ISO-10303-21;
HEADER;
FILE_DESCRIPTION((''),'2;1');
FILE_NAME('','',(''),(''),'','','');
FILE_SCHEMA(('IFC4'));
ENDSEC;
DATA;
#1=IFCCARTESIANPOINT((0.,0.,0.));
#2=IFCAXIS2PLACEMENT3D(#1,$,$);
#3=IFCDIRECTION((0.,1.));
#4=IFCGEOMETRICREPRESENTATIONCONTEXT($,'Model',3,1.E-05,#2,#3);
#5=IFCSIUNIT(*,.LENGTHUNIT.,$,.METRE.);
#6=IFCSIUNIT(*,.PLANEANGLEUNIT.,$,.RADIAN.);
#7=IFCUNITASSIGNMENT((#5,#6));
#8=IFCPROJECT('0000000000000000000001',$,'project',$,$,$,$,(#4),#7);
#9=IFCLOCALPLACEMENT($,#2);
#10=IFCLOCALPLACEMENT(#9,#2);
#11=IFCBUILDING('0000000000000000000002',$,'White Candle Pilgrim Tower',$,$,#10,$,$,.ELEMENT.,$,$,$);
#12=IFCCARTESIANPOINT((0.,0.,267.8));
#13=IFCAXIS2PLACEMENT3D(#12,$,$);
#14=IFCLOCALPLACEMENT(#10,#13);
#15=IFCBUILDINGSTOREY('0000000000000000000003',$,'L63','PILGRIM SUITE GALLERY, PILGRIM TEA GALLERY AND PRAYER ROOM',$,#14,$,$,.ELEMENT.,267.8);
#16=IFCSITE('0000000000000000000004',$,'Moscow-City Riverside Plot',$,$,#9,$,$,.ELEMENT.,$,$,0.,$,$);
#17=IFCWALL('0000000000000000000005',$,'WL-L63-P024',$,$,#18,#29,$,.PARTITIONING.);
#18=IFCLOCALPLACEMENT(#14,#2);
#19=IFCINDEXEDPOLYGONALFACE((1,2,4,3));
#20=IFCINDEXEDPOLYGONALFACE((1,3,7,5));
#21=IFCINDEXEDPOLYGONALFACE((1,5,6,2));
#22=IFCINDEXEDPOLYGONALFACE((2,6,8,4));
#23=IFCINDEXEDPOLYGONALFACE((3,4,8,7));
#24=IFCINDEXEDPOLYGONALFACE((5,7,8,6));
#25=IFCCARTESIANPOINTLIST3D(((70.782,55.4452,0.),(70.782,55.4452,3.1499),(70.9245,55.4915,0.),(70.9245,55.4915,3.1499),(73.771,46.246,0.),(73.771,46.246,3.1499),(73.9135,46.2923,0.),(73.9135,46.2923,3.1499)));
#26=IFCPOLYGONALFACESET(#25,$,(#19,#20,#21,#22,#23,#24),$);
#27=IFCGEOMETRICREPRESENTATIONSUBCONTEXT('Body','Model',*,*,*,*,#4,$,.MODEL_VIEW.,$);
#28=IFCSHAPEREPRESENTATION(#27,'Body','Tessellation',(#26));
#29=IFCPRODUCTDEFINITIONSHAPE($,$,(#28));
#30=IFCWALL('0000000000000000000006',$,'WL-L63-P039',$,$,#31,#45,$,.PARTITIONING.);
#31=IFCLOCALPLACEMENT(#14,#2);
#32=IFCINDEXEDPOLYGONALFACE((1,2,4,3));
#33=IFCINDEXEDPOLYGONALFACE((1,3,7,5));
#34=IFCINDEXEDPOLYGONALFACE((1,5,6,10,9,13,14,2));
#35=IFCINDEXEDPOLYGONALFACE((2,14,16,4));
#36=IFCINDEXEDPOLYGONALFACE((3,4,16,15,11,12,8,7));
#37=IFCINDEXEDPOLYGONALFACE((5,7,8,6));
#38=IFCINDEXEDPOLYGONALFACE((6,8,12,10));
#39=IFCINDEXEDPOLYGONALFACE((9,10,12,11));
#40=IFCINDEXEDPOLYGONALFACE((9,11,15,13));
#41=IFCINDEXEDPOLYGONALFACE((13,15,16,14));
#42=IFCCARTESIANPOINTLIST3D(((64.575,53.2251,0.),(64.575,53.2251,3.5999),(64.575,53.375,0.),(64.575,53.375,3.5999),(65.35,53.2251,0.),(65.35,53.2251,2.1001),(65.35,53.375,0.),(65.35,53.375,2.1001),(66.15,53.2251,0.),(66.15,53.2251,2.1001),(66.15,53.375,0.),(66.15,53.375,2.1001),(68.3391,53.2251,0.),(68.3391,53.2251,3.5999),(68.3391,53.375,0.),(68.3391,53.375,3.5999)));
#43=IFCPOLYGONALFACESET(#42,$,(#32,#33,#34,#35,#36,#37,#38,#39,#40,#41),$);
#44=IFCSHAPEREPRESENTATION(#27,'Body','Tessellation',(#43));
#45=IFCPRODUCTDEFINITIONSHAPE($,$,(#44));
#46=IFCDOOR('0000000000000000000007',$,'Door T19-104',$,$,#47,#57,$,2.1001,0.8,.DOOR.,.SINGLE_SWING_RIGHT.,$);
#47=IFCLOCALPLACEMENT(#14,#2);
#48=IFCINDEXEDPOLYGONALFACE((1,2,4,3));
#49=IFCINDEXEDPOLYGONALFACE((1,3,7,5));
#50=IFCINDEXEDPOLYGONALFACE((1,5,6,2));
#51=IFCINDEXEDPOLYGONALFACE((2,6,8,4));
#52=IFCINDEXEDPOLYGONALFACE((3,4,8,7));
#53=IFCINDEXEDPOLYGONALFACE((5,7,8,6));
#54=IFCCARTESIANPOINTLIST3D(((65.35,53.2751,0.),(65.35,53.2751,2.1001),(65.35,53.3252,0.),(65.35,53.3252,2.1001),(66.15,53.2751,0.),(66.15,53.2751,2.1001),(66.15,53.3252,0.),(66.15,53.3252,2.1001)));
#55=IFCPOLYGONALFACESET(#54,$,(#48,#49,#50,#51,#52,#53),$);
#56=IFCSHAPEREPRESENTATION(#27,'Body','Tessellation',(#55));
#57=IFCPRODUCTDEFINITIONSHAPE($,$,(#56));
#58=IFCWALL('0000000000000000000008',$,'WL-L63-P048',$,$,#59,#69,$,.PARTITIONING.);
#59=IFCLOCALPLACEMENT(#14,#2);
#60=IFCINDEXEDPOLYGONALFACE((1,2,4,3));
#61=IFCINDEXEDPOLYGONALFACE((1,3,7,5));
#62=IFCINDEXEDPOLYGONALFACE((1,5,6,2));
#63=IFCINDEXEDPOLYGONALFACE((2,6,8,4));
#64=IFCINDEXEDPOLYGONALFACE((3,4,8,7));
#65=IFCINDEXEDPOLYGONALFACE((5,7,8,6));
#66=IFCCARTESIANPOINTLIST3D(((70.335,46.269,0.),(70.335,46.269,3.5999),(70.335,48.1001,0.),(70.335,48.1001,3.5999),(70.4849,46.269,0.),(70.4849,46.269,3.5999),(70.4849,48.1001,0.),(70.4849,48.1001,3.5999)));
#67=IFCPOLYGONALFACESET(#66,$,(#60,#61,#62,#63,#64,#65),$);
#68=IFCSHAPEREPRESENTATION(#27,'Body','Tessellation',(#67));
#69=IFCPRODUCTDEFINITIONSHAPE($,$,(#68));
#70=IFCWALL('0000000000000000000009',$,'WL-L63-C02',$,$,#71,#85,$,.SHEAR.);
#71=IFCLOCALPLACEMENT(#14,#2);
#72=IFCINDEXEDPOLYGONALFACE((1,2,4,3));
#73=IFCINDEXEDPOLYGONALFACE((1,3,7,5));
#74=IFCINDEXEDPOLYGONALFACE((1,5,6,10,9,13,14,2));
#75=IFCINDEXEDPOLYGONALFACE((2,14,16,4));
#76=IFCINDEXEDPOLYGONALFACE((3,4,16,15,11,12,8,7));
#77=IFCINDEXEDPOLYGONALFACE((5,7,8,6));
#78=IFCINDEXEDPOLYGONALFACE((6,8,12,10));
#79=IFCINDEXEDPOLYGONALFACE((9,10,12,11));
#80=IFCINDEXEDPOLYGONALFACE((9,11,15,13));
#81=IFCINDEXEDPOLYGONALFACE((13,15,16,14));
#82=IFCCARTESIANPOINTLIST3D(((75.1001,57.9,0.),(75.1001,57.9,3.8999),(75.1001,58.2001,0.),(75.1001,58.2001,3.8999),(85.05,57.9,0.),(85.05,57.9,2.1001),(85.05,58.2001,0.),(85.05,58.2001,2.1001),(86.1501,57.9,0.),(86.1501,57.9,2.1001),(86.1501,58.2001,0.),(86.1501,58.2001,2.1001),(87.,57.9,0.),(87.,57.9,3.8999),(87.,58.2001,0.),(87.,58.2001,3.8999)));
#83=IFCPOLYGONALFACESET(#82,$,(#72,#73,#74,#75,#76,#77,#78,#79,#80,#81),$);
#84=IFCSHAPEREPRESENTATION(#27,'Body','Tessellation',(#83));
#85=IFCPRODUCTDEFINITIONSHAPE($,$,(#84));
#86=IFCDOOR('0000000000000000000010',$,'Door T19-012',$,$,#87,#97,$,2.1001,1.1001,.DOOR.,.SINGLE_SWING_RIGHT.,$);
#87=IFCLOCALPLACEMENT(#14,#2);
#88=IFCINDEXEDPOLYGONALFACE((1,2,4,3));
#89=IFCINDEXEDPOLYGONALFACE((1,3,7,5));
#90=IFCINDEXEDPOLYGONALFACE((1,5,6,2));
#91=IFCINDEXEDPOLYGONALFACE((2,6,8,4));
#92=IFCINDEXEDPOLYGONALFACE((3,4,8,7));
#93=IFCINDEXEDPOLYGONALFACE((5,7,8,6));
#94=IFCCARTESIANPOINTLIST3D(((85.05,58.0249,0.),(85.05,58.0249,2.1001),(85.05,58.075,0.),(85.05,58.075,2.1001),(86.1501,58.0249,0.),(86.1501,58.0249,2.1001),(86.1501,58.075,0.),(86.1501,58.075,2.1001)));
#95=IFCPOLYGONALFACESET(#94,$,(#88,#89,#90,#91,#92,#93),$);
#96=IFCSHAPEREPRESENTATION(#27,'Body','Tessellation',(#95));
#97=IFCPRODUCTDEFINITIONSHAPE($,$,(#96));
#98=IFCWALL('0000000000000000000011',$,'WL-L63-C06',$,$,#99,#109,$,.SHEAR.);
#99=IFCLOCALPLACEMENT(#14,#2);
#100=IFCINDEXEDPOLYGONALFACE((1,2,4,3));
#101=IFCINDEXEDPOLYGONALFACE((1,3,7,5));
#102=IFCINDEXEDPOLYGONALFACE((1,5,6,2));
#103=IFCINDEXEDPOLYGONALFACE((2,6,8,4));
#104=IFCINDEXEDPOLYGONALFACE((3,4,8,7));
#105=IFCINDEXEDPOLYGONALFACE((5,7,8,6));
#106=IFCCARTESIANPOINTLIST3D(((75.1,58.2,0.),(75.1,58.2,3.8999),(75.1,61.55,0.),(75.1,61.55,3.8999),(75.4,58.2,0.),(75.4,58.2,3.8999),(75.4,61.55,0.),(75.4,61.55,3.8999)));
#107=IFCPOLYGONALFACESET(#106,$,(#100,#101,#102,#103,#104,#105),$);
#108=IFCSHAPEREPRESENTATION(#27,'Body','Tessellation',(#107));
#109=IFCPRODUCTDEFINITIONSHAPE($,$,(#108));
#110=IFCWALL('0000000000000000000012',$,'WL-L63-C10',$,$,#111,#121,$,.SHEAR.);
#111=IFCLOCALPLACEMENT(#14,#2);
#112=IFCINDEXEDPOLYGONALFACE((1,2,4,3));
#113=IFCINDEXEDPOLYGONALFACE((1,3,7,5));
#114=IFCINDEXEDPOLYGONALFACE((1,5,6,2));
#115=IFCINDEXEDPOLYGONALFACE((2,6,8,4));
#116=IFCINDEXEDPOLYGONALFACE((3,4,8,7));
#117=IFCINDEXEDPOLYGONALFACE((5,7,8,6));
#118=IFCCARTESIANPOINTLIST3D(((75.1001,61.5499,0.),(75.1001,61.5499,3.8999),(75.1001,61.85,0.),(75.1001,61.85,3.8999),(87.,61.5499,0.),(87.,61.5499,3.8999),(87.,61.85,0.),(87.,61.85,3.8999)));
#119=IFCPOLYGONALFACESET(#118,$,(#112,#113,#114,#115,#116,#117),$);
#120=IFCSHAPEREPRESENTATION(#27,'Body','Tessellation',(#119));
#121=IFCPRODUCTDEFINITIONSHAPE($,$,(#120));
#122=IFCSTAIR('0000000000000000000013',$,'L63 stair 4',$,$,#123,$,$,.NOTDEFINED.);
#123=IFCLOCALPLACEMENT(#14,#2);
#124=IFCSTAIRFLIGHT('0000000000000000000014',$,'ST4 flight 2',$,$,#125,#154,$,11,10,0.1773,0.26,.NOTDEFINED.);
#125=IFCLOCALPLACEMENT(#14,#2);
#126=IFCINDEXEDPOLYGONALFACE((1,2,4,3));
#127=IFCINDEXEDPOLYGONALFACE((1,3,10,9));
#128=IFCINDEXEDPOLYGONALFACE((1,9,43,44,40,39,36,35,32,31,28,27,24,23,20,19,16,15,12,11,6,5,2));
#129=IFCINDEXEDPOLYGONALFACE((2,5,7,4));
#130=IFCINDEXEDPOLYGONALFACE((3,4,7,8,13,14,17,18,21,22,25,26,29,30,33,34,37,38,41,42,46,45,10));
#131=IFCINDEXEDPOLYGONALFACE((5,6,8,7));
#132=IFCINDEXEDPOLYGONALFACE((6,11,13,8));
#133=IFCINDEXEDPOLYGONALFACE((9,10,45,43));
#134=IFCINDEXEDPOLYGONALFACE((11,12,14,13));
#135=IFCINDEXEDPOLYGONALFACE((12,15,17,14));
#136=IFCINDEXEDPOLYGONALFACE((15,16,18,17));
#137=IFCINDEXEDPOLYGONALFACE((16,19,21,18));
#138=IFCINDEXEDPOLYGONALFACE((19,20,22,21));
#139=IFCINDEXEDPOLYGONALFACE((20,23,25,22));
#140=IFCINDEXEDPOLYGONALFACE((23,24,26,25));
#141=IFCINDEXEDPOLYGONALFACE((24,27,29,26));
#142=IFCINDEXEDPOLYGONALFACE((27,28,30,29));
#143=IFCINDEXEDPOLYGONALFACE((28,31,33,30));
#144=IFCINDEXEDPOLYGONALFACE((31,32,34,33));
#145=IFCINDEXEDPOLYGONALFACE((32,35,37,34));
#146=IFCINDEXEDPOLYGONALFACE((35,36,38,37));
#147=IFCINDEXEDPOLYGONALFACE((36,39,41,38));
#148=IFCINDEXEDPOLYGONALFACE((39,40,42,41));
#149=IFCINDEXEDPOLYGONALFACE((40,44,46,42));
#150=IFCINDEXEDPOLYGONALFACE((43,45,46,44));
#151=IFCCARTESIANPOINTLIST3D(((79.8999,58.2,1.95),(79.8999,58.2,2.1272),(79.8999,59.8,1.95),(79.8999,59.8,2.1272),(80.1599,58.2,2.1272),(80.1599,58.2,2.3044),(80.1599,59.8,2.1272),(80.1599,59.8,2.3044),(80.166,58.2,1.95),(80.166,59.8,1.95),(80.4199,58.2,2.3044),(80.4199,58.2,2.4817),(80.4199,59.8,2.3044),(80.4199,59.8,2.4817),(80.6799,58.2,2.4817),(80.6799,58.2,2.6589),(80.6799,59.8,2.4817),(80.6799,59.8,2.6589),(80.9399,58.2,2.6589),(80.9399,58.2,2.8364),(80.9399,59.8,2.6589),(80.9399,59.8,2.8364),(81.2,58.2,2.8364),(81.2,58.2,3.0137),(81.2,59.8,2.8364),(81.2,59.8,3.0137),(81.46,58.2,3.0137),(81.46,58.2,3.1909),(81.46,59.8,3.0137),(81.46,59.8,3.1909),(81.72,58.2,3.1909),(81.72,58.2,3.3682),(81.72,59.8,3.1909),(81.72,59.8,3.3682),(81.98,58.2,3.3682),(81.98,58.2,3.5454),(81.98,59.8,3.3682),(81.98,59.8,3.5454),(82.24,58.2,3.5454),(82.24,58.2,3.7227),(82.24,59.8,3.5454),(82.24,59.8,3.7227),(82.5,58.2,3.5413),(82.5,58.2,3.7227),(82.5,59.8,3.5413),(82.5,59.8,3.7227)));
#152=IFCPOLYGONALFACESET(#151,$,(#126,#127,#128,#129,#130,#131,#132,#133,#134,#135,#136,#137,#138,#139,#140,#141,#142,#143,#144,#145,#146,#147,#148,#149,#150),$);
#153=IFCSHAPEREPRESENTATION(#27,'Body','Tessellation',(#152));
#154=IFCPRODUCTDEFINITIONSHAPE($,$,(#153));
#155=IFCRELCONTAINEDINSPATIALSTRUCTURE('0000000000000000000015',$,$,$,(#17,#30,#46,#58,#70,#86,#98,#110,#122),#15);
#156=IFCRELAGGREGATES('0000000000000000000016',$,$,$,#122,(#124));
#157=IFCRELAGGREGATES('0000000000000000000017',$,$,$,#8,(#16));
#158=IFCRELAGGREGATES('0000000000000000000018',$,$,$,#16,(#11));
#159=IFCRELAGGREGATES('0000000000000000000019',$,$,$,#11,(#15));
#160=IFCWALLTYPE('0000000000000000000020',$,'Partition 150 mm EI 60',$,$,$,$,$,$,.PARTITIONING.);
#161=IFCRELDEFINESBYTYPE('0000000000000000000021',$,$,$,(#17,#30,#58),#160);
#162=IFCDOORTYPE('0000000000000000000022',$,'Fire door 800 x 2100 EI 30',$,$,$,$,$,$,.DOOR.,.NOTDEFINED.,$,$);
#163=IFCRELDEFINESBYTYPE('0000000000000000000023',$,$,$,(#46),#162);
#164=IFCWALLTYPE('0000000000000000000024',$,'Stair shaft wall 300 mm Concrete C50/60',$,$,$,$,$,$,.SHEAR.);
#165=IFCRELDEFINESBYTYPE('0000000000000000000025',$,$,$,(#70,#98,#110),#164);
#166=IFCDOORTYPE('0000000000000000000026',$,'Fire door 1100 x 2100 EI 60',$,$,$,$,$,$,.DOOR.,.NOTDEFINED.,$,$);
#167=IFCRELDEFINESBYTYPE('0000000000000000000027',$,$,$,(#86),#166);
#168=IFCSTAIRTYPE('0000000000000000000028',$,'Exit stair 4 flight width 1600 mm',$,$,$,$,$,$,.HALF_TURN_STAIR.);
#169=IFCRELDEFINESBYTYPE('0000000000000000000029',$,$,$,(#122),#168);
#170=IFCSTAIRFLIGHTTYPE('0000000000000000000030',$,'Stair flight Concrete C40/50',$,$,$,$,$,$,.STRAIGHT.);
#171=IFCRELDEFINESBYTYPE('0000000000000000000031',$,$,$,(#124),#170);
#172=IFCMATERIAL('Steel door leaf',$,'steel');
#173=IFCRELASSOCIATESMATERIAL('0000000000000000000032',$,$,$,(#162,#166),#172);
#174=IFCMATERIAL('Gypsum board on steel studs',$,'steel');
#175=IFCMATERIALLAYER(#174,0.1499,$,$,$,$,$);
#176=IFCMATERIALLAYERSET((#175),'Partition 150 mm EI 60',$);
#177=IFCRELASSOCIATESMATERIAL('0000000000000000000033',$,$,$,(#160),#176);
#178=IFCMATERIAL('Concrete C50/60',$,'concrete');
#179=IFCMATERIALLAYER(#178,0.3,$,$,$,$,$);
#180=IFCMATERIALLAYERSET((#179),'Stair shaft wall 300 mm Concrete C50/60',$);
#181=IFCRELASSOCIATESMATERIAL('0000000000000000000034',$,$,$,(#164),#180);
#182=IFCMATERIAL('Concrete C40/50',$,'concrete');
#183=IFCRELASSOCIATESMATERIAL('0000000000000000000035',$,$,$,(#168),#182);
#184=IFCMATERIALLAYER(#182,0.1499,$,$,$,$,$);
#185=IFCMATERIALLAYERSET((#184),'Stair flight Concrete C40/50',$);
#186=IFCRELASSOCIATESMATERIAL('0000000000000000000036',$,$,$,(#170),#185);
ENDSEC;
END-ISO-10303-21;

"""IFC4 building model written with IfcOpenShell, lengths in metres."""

from ifc_helpers import new_model, si_unit, direction, frame, frame_2d, origin, place, context, subcontext, project, spatial, polyline, rectangle, outline, extrude, material, layer, layer_set, type_object, element, fill, aggregate, save


model = new_model("IFC4")

# Units and contexts
model_context = context("Model", 3, precision=1e-05, world=origin(), true_north=direction((0.0, 1.0)))
body_context = subcontext(model_context, "Body", "Model", "MODEL_VIEW")
ifc_project = project(units=[si_unit("LENGTHUNIT", "METRE"), si_unit("PLANEANGLEUNIT", "RADIAN")], contexts=[model_context])

# Site, building, storey
site_placement = place(None, origin())
site = spatial("IfcSite", under=ifc_project, at=site_placement, Name="Moscow-City Riverside Plot", CompositionType="ELEMENT", RefElevation=0.0)
building_placement = place(site_placement, origin())
building = spatial("IfcBuilding", under=site, at=building_placement, Name="White Candle Pilgrim Tower", CompositionType="ELEMENT")
storey_placement = place(building_placement, frame((0.0, 0.0, 267.8)))
storey = spatial("IfcBuildingStorey", under=building, at=storey_placement, Name="L63", Description="PILGRIM SUITE GALLERY, PILGRIM TEA GALLERY AND PRAYER ROOM", CompositionType="ELEMENT", Elevation=267.8)

# Shared definitions
ifc_material_1 = material(Name="Concrete C50/60", Category="concrete")

# Shared definitions
ifc_material_2 = material(Name="Gypsum board on steel studs", Category="steel")

# Shared definitions
ifc_material_3 = material(Name="Steel door leaf", Category="steel")
door_type_1 = type_object("IfcDoorType", Name="Fire door 800 x 2100 EI 30", OperationType="NOTDEFINED", PredefinedType="DOOR", material=ifc_material_3)

# Wall
ifc_layer_1 = layer(ifc_material_2, 0.1499)
ifc_layer_set_1 = layer_set([ifc_layer_1], Name="Partition 150 mm EI 60")
wall_type_1 = type_object("IfcWallType", Name="Partition 150 mm EI 60", PredefinedType="PARTITIONING", material=ifc_layer_set_1)
wall_1_placement = place(storey_placement, frame((73.8423, 46.269, 0.0), z_axis=(0.0, 0.0, 1.0), x_axis=(-0.309018, 0.951056, 0.0)))
element("IfcWall", 1, at=wall_1_placement, inside=storey, type_object=wall_type_1, Name="WL-L63-P024", PredefinedType="PARTITIONING", context=body_context, shape_type="SweptSolid", body=[
    extrude(rectangle(XDim=9.6726, YDim=0.1499, at=frame_2d((4.8364, 0.0))), origin(), (0.0, 0.0, 1.0), 3.1499),
])

# Wall, opening, door
wall_2_placement = place(storey_placement, frame((68.3391, 53.3, 0.0), z_axis=(0.0, 0.0, 1.0), x_axis=(-1.0, 0.0, 0.0)))
wall_2 = element("IfcWall", 2, at=wall_2_placement, inside=storey, type_object=wall_type_1, Name="WL-L63-P039", PredefinedType="PARTITIONING", context=body_context, shape_type="SweptSolid", body=[
    extrude(rectangle(XDim=3.7642, YDim=0.1499, at=frame_2d((1.8821, 0.0))), origin(), (0.0, 0.0, 1.0), 3.5999),
])
opening_1_placement = place(wall_2_placement, frame((2.1892, 0.0, 0.0)))
opening_1 = element("IfcOpeningElement", 3, at=opening_1_placement, cuts=wall_2, PredefinedType="OPENING", context=body_context, shape_type="SweptSolid", body=[
    extrude(rectangle(XDim=0.8, YDim=2.1001, at=frame_2d((0.3999, 1.05))), frame((0.0, 0.085, 0.0), z_axis=(0.0, -1.0, 0.0), x_axis=(1.0, 0.0, 0.0)), (0.0, 0.0, 1.0), 0.1699),
])
door_1_placement = place(opening_1_placement, origin())
door_1 = element("IfcDoor", 4, at=door_1_placement, inside=storey, type_object=door_type_1, Name="Door T19-104", OperationType="SINGLE_SWING_RIGHT", OverallHeight=2.1001, OverallWidth=0.8, PredefinedType="DOOR", context=body_context, shape_type="SweptSolid", body=[
    extrude(rectangle(XDim=0.8, YDim=2.1001, at=frame_2d((0.3999, 1.05))), frame((0.0, 0.0249, 0.0), z_axis=(0.0, -1.0, 0.0), x_axis=(1.0, 0.0, 0.0)), (0.0, 0.0, 1.0), 0.05),
])
fill(opening_1, door_1)

# Wall
wall_3_placement = place(storey_placement, frame((70.4099, 48.1001, 0.0), z_axis=(0.0, 0.0, 1.0), x_axis=(0.0, -1.0, 0.0)))
element("IfcWall", 5, at=wall_3_placement, inside=storey, type_object=wall_type_1, Name="WL-L63-P048", PredefinedType="PARTITIONING", context=body_context, shape_type="SweptSolid", body=[
    extrude(rectangle(XDim=1.8311, YDim=0.1499, at=frame_2d((0.9155, 0.0))), origin(), (0.0, 0.0, 1.0), 3.5999),
])

# Wall, opening, door
ifc_layer_2 = layer(ifc_material_1, 0.3)
ifc_layer_set_2 = layer_set([ifc_layer_2], Name="Stair shaft wall 300 mm Concrete C50/60")
wall_type_2 = type_object("IfcWallType", Name="Stair shaft wall 300 mm Concrete C50/60", PredefinedType="SHEAR", material=ifc_layer_set_2)
wall_4_placement = place(storey_placement, frame((75.1001, 58.05, 0.0), z_axis=(0.0, 0.0, 1.0), x_axis=(1.0, 0.0, 0.0)))
wall_4 = element("IfcWall", 6, at=wall_4_placement, inside=storey, type_object=wall_type_2, Name="WL-L63-C02", PredefinedType="SHEAR", context=body_context, shape_type="SweptSolid", body=[
    extrude(rectangle(XDim=11.8999, YDim=0.3, at=frame_2d((5.95, 0.0))), origin(), (0.0, 0.0, 1.0), 3.8999),
])
opening_2_placement = place(wall_4_placement, frame((9.95, 0.0, 0.0)))
opening_2 = element("IfcOpeningElement", 7, at=opening_2_placement, cuts=wall_4, PredefinedType="OPENING", context=body_context, shape_type="SweptSolid", body=[
    extrude(rectangle(XDim=1.1001, YDim=2.1001, at=frame_2d((0.55, 1.05))), frame((0.0, 0.1599, 0.0), z_axis=(0.0, -1.0, 0.0), x_axis=(1.0, 0.0, 0.0)), (0.0, 0.0, 1.0), 0.3201),
])
door_type_2 = type_object("IfcDoorType", Name="Fire door 1100 x 2100 EI 60", OperationType="NOTDEFINED", PredefinedType="DOOR", material=ifc_material_3)
door_2_placement = place(opening_2_placement, origin())
door_2 = element("IfcDoor", 8, at=door_2_placement, inside=storey, type_object=door_type_2, Name="Door T19-012", OperationType="SINGLE_SWING_RIGHT", OverallHeight=2.1001, OverallWidth=1.1001, PredefinedType="DOOR", context=body_context, shape_type="SweptSolid", body=[
    extrude(rectangle(XDim=1.1001, YDim=2.1001, at=frame_2d((0.55, 1.05))), frame((0.0, 0.0249, 0.0), z_axis=(0.0, -1.0, 0.0), x_axis=(1.0, 0.0, 0.0)), (0.0, 0.0, 1.0), 0.05),
])
fill(opening_2, door_2)

# Walls
wall_5_placement = place(storey_placement, frame((75.25, 58.2, 0.0), z_axis=(0.0, 0.0, 1.0), x_axis=(0.0, 1.0, 0.0)))
element("IfcWall", 9, at=wall_5_placement, inside=storey, type_object=wall_type_2, Name="WL-L63-C06", PredefinedType="SHEAR", context=body_context, shape_type="SweptSolid", body=[
    extrude(rectangle(XDim=3.3501, YDim=0.3, at=frame_2d((1.675, 0.0))), origin(), (0.0, 0.0, 1.0), 3.8999),
])
wall_6_placement = place(storey_placement, frame((75.1001, 61.7, 0.0), z_axis=(0.0, 0.0, 1.0), x_axis=(1.0, 0.0, 0.0)))
element("IfcWall", 10, at=wall_6_placement, inside=storey, type_object=wall_type_2, Name="WL-L63-C10", PredefinedType="SHEAR", context=body_context, shape_type="SweptSolid", body=[
    extrude(rectangle(XDim=11.8999, YDim=0.3, at=frame_2d((5.95, 0.0))), origin(), (0.0, 0.0, 1.0), 3.8999),
])

# Stair, stair flight
ifc_material_4 = material(Name="Concrete C40/50", Category="concrete")
stair_type = type_object("IfcStairType", Name="Exit stair 4 flight width 1600 mm", PredefinedType="HALF_TURN_STAIR", material=ifc_material_4)
stair_placement = place(storey_placement, origin())
stair = element("IfcStair", 11, at=stair_placement, inside=storey, type_object=stair_type, Name="L63 stair 4", PredefinedType="NOTDEFINED")
ifc_layer_3 = layer(ifc_material_4, 0.1499)
ifc_layer_set_3 = layer_set([ifc_layer_3], Name="Stair flight Concrete C40/50")
stair_flight_type = type_object("IfcStairFlightType", Name="Stair flight Concrete C40/50", PredefinedType="STRAIGHT", material=ifc_layer_set_3)
stair_flight_placement = place(storey_placement, frame((79.8999, 59.0, 1.95), z_axis=(0.0, 0.0, 1.0), x_axis=(1.0, 0.0, 0.0)))
stair_flight = element("IfcStairFlight", 12, at=stair_flight_placement, type_object=stair_flight_type, Name="ST4 flight 2", NumberOfRisers=11, NumberOfTreads=10, PredefinedType="NOTDEFINED", RiserHeight=0.1773, TreadLength=0.26, context=body_context, shape_type="SweptSolid", body=[
    extrude(outline(polyline([(0.0, 0.0), (0.0, 0.1772), (0.26, 0.1772), (0.26, 0.3545), (0.52, 0.3545), (0.52, 0.5317), (0.78, 0.5317), (0.78, 0.709), (1.04, 0.709), (1.04, 0.8865), (1.3, 0.8865), (1.3, 1.0637), (1.5601, 1.0637), (1.5601, 1.241), (1.8201, 1.241), (1.8201, 1.4182), (2.0801, 1.4182), (2.0801, 1.5955), (2.3401, 1.5955), (2.3401, 1.7727), (2.6001, 1.7727), (2.6001, 1.95), (2.6001, 1.5913), (0.2661, 0.0), (0.0, 0.0)])), frame((0.0, 0.8, 0.0), z_axis=(0.0, -1.0, 0.0), x_axis=(1.0, 0.0, 0.0)), (0.0, 0.0, 1.0), 1.6001),
])
aggregate(stair, [stair_flight])

save(model, "model.ifc")
